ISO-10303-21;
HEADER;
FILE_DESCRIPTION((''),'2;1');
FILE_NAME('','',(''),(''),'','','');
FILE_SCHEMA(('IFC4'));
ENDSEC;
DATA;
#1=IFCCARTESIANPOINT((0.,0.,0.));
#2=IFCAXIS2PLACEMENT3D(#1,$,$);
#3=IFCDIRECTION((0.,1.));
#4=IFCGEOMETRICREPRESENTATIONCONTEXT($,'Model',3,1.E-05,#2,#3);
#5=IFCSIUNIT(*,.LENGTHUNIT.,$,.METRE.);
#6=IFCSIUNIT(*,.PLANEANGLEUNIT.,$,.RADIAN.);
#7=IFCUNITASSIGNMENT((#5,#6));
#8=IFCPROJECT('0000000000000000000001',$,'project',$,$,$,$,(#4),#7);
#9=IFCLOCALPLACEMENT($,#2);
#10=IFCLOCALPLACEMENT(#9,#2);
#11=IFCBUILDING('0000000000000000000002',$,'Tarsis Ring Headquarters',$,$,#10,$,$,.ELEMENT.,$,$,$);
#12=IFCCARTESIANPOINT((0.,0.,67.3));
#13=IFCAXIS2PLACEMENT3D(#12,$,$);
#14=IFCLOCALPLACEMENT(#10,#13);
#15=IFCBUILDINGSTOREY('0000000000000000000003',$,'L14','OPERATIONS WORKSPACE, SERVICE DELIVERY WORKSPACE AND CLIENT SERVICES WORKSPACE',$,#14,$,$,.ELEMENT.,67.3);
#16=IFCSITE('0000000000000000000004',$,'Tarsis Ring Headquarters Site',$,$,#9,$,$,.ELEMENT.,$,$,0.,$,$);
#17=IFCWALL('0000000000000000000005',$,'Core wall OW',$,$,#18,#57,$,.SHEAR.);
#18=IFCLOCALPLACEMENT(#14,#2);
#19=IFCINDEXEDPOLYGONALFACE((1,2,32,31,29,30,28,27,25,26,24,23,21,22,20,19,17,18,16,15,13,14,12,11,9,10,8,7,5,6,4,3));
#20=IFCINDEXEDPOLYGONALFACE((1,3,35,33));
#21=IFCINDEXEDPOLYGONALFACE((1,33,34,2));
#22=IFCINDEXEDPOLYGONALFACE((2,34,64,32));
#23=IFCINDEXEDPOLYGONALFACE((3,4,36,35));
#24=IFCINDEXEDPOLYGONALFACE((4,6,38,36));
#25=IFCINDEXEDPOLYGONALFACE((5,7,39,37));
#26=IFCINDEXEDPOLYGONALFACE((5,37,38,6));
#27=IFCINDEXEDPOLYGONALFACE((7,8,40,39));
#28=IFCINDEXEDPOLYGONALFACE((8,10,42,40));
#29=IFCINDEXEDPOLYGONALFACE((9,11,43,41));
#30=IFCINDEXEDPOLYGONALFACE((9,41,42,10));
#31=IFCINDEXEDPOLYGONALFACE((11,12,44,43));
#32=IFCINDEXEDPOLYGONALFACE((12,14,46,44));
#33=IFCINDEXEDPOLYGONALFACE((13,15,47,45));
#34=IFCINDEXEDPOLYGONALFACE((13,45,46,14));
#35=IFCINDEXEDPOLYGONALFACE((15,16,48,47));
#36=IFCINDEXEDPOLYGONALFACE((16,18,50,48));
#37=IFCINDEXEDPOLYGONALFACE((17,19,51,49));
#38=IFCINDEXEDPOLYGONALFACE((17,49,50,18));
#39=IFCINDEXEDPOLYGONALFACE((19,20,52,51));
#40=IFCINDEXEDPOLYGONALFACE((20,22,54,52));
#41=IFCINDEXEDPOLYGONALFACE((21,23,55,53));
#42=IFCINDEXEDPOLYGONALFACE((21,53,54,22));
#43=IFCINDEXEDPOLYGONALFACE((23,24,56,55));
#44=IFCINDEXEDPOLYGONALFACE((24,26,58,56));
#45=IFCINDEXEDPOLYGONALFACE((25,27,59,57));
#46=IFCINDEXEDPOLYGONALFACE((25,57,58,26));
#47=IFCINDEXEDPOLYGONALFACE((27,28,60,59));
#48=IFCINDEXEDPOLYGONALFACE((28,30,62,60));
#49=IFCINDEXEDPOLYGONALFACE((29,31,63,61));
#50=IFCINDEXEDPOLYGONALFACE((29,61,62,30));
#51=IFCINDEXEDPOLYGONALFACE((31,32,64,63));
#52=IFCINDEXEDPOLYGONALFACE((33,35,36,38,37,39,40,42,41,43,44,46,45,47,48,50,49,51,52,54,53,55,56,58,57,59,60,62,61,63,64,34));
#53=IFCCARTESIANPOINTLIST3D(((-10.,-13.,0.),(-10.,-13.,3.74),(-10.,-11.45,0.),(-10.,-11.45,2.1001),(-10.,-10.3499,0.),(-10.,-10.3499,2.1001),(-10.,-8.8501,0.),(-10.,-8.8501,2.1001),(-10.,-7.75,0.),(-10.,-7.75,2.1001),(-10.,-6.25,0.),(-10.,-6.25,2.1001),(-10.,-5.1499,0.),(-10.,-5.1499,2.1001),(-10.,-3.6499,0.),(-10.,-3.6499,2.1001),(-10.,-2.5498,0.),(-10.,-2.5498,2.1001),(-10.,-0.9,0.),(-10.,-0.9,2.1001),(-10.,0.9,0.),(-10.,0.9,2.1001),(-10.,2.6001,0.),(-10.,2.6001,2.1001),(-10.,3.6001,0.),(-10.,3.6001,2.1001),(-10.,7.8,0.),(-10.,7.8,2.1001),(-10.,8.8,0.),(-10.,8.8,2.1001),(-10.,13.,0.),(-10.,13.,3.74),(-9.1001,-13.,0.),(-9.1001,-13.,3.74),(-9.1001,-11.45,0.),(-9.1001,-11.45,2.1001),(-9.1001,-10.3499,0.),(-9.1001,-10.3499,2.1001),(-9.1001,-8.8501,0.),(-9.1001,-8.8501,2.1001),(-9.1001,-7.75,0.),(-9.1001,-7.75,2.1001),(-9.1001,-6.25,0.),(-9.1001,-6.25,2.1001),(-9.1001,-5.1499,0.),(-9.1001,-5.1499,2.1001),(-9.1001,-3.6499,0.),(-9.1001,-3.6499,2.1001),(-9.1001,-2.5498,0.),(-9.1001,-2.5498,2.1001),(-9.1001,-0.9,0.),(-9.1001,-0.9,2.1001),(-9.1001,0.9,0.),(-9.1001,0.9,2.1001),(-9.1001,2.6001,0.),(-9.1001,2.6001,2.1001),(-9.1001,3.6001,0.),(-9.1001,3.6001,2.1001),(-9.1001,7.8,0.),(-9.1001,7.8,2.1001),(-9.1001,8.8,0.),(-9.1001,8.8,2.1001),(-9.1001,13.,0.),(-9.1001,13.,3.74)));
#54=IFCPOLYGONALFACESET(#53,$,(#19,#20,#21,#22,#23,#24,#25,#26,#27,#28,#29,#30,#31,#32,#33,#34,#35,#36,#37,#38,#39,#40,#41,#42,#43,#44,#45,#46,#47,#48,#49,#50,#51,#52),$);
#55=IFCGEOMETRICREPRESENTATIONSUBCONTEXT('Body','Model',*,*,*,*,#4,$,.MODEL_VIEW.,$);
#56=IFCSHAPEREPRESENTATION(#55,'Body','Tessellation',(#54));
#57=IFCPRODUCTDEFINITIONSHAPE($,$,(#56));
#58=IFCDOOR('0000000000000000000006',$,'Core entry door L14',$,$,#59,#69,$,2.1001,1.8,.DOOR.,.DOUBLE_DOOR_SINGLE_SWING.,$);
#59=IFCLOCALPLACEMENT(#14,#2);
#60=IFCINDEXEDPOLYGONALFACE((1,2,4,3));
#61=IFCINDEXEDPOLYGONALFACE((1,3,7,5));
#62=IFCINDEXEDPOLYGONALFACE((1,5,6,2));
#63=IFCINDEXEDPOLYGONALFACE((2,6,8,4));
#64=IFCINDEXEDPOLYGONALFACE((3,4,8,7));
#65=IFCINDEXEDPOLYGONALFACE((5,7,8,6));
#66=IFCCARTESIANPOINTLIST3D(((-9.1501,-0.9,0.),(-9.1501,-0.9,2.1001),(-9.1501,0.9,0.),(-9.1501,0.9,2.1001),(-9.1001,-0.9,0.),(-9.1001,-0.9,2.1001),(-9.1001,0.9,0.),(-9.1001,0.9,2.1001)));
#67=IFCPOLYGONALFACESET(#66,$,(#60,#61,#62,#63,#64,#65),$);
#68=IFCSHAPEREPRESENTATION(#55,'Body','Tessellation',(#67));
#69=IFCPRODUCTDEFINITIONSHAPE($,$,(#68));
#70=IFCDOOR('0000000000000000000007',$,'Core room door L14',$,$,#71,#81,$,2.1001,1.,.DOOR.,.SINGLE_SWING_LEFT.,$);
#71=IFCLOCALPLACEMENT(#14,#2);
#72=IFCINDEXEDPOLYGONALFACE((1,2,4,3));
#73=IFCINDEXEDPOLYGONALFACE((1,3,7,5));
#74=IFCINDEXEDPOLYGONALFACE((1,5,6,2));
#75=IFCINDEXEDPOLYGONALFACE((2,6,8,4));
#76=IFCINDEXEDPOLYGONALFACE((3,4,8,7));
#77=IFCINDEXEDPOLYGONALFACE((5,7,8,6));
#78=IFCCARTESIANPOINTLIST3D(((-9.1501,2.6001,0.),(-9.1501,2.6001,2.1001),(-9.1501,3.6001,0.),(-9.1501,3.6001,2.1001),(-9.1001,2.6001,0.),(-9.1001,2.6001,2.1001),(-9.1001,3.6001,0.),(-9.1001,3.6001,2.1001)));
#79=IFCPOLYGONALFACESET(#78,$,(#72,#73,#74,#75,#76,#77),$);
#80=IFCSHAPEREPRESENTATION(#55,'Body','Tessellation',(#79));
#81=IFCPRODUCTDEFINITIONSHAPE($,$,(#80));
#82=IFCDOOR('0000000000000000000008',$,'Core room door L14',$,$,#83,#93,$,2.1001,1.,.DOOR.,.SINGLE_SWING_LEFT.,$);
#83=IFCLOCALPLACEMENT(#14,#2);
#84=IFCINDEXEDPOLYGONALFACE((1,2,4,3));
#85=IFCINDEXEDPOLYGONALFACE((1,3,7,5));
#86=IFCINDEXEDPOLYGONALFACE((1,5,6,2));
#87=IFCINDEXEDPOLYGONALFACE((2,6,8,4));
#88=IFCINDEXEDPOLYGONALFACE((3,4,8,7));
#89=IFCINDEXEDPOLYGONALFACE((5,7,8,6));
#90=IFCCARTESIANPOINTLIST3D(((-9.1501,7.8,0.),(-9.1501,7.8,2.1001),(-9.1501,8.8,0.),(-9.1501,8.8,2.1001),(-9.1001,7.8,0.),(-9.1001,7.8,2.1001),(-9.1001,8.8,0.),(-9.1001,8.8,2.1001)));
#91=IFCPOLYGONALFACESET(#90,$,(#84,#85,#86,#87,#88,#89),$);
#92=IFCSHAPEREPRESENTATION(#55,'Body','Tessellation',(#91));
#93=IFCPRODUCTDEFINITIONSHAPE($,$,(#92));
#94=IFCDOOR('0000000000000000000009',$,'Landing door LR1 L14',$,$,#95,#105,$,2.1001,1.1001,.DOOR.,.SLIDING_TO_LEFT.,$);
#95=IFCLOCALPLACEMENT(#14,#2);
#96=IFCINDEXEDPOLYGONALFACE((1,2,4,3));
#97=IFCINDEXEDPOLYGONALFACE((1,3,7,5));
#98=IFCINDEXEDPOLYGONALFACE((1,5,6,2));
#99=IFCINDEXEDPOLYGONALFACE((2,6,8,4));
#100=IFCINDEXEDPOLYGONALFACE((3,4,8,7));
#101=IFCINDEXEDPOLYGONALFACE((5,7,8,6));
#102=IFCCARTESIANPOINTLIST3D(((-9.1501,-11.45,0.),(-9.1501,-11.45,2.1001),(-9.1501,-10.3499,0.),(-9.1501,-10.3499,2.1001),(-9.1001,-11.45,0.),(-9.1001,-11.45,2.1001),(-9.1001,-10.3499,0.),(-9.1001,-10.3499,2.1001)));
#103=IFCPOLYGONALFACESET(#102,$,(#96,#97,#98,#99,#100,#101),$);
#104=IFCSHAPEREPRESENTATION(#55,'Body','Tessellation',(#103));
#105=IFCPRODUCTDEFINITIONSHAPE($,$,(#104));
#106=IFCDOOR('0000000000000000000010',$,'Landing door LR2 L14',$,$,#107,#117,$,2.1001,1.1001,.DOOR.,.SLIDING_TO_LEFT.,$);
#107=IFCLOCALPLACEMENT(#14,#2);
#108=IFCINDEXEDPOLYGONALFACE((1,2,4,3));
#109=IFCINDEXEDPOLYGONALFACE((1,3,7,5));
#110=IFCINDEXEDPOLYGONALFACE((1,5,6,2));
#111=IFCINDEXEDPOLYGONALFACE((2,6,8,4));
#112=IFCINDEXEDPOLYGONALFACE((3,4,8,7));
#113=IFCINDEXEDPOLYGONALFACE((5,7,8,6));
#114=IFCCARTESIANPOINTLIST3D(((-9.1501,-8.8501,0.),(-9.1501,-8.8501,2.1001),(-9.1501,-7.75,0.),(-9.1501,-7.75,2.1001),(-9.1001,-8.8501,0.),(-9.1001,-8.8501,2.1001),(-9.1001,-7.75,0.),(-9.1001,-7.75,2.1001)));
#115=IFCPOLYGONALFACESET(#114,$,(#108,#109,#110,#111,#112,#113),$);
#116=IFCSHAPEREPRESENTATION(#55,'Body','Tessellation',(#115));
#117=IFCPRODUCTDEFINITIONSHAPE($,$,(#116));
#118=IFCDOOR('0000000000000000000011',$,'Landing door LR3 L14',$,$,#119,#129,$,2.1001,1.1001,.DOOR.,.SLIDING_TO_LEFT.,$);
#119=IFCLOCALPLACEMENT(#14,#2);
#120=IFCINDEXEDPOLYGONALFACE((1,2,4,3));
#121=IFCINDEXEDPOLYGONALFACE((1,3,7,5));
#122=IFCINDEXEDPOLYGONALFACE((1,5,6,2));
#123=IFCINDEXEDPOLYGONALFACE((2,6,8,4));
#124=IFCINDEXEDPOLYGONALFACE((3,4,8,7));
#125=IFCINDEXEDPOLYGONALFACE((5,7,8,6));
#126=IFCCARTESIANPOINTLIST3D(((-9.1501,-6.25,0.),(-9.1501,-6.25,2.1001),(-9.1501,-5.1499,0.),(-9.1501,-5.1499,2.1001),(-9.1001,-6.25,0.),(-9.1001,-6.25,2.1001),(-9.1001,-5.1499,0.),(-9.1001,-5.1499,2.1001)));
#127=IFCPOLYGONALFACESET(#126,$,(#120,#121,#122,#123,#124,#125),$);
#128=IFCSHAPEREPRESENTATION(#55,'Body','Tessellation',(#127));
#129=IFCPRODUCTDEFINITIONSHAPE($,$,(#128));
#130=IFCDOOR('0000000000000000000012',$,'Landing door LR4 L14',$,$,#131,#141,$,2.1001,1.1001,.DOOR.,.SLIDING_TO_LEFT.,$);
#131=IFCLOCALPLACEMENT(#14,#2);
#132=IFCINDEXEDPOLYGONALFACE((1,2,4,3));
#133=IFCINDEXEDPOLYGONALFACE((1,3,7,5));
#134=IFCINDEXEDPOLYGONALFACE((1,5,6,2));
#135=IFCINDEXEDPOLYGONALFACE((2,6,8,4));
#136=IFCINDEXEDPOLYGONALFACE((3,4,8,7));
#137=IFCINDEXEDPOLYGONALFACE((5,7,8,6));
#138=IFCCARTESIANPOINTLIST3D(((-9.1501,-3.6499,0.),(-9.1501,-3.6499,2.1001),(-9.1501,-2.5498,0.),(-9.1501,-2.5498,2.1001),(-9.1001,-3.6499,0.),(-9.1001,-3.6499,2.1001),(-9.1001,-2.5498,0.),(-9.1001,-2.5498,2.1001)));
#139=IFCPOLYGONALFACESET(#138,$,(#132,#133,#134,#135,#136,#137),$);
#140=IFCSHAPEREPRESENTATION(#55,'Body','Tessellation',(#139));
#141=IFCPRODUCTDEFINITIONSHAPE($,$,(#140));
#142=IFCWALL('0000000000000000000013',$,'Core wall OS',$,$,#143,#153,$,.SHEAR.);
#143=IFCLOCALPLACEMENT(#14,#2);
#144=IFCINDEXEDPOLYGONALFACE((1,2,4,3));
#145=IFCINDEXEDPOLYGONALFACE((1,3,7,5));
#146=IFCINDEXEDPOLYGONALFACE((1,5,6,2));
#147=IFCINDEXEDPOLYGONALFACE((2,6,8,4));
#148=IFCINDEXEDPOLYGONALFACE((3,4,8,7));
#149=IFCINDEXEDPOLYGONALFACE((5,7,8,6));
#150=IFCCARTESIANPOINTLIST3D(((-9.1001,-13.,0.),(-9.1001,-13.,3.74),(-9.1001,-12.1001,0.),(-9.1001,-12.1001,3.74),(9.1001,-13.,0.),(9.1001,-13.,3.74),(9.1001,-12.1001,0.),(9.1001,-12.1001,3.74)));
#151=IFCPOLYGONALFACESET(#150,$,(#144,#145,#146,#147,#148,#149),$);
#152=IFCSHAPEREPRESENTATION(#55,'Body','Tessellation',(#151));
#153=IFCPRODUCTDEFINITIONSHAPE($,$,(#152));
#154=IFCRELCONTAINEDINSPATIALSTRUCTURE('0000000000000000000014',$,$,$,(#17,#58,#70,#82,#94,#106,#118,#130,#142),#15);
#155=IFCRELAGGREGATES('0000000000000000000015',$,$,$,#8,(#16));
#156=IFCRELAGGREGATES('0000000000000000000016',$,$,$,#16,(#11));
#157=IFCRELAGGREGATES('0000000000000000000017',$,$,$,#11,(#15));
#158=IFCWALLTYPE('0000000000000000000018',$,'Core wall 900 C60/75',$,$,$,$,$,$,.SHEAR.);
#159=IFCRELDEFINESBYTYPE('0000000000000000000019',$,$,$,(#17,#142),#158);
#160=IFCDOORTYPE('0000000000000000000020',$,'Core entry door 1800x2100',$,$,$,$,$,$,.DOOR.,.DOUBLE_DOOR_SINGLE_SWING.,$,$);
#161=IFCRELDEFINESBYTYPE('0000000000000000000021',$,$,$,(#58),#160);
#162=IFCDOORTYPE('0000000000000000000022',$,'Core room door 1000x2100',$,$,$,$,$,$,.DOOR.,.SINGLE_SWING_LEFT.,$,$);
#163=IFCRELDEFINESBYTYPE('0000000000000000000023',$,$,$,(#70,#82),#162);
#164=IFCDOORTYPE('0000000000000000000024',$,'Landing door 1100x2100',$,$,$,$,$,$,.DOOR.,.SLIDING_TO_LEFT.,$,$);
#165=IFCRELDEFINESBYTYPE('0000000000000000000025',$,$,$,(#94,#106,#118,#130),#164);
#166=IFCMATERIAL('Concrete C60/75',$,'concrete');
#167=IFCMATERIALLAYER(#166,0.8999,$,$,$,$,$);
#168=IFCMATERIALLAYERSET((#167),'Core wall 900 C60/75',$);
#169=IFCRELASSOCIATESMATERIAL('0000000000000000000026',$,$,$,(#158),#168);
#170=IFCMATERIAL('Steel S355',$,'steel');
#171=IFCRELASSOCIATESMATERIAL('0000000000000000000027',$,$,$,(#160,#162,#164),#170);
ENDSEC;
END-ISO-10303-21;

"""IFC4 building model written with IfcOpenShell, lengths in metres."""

from ifc_helpers import new_model, si_unit, direction, frame, frame_2d, origin, place, context, subcontext, project, spatial, rectangle, extrude, material, layer, layer_set, type_object, element, fill, save


model = new_model("IFC4")

# Units and contexts
model_context = context("Model", 3, precision=1e-05, world=origin(), true_north=direction((0.0, 1.0)))
body_context = subcontext(model_context, "Body", "Model", "MODEL_VIEW")
ifc_project = project(units=[si_unit("LENGTHUNIT", "METRE"), si_unit("PLANEANGLEUNIT", "RADIAN")], contexts=[model_context])

# Site, building, storey
site_placement = place(None, origin())
site = spatial("IfcSite", under=ifc_project, at=site_placement, Name="Tarsis Ring Headquarters Site", CompositionType="ELEMENT", RefElevation=0.0)
building_placement = place(site_placement, origin())
building = spatial("IfcBuilding", under=site, at=building_placement, Name="Tarsis Ring Headquarters", CompositionType="ELEMENT")
storey_placement = place(building_placement, frame((0.0, 0.0, 67.3)))
storey = spatial("IfcBuildingStorey", under=building, at=storey_placement, Name="L14", Description="OPERATIONS WORKSPACE, SERVICE DELIVERY WORKSPACE AND CLIENT SERVICES WORKSPACE", CompositionType="ELEMENT", Elevation=67.3)

# Wall, openings, doors
ifc_material_1 = material(Name="Concrete C60/75", Category="concrete")
ifc_layer_1 = layer(ifc_material_1, 0.8999)
ifc_layer_set_1 = layer_set([ifc_layer_1], Name="Core wall 900 C60/75")
wall_type_1 = type_object("IfcWallType", Name="Core wall 900 C60/75", PredefinedType="SHEAR", material=ifc_layer_set_1)
wall_1_placement = place(storey_placement, frame((-9.55, -13.0, 0.0), z_axis=(0.0, 0.0, 1.0), x_axis=(0.0, 1.0, 0.0)))
wall_1 = element("IfcWall", 1, at=wall_1_placement, inside=storey, type_object=wall_type_1, Name="Core wall OW", PredefinedType="SHEAR", context=body_context, shape_type="SweptSolid", body=[
    extrude(rectangle(XDim=26.0, YDim=0.8999, at=frame_2d((13.0, 0.0))), origin(), (0.0, 0.0, 1.0), 3.74),
])
opening_1_placement = place(wall_1_placement, frame((1.55, 0.0, 0.0)))
opening_1 = element("IfcOpeningElement", 2, at=opening_1_placement, cuts=wall_1, PredefinedType="OPENING", context=body_context, shape_type="SweptSolid", body=[
    extrude(rectangle(XDim=1.1001, YDim=2.1001, at=frame_2d((0.55, 1.05))), frame((0.0, 0.46, 0.0), z_axis=(0.0, -1.0, 0.0), x_axis=(1.0, 0.0, 0.0)), (0.0, 0.0, 1.0), 0.9199),
])
opening_2_placement = place(wall_1_placement, frame((4.1499, 0.0, 0.0)))
opening_2 = element("IfcOpeningElement", 3, at=opening_2_placement, cuts=wall_1, PredefinedType="OPENING", context=body_context, shape_type="SweptSolid", body=[
    extrude(rectangle(XDim=1.1001, YDim=2.1001, at=frame_2d((0.55, 1.05))), frame((0.0, 0.46, 0.0), z_axis=(0.0, -1.0, 0.0), x_axis=(1.0, 0.0, 0.0)), (0.0, 0.0, 1.0), 0.9199),
])
opening_3_placement = place(wall_1_placement, frame((6.75, 0.0, 0.0)))
opening_3 = element("IfcOpeningElement", 4, at=opening_3_placement, cuts=wall_1, PredefinedType="OPENING", context=body_context, shape_type="SweptSolid", body=[
    extrude(rectangle(XDim=1.1001, YDim=2.1001, at=frame_2d((0.55, 1.05))), frame((0.0, 0.46, 0.0), z_axis=(0.0, -1.0, 0.0), x_axis=(1.0, 0.0, 0.0)), (0.0, 0.0, 1.0), 0.9199),
])
opening_4_placement = place(wall_1_placement, frame((9.3501, 0.0, 0.0)))
opening_4 = element("IfcOpeningElement", 5, at=opening_4_placement, cuts=wall_1, PredefinedType="OPENING", context=body_context, shape_type="SweptSolid", body=[
    extrude(rectangle(XDim=1.1001, YDim=2.1001, at=frame_2d((0.55, 1.05))), frame((0.0, 0.46, 0.0), z_axis=(0.0, -1.0, 0.0), x_axis=(1.0, 0.0, 0.0)), (0.0, 0.0, 1.0), 0.9199),
])
opening_5_placement = place(wall_1_placement, frame((12.1001, 0.0, 0.0)))
opening_5 = element("IfcOpeningElement", 6, at=opening_5_placement, cuts=wall_1, PredefinedType="OPENING", context=body_context, shape_type="SweptSolid", body=[
    extrude(rectangle(XDim=1.8, YDim=2.1001, at=frame_2d((0.8999, 1.05))), frame((0.0, 0.46, 0.0), z_axis=(0.0, -1.0, 0.0), x_axis=(1.0, 0.0, 0.0)), (0.0, 0.0, 1.0), 0.9199),
])
opening_6_placement = place(wall_1_placement, frame((15.6001, 0.0, 0.0)))
opening_6 = element("IfcOpeningElement", 7, at=opening_6_placement, cuts=wall_1, PredefinedType="OPENING", context=body_context, shape_type="SweptSolid", body=[
    extrude(rectangle(XDim=1.0, YDim=2.1001, at=frame_2d((0.5, 1.05))), frame((0.0, 0.46, 0.0), z_axis=(0.0, -1.0, 0.0), x_axis=(1.0, 0.0, 0.0)), (0.0, 0.0, 1.0), 0.9199),
])
opening_7_placement = place(wall_1_placement, frame((20.8, 0.0, 0.0)))
opening_7 = element("IfcOpeningElement", 8, at=opening_7_placement, cuts=wall_1, PredefinedType="OPENING", context=body_context, shape_type="SweptSolid", body=[
    extrude(rectangle(XDim=1.0, YDim=2.1001, at=frame_2d((0.5, 1.05))), frame((0.0, 0.46, 0.0), z_axis=(0.0, -1.0, 0.0), x_axis=(1.0, 0.0, 0.0)), (0.0, 0.0, 1.0), 0.9199),
])
ifc_material_2 = material(Name="Steel S355", Category="steel")
door_type_1 = type_object("IfcDoorType", Name="Core entry door 1800x2100", OperationType="DOUBLE_DOOR_SINGLE_SWING", PredefinedType="DOOR", material=ifc_material_2)
door_1_placement = place(opening_5_placement, origin())
door_1 = element("IfcDoor", 9, at=door_1_placement, inside=storey, type_object=door_type_1, Name="Core entry door L14", OperationType="DOUBLE_DOOR_SINGLE_SWING", OverallHeight=2.1001, OverallWidth=1.8, PredefinedType="DOOR", context=body_context, shape_type="SweptSolid", body=[
    extrude(rectangle(XDim=1.8, YDim=2.1001, at=frame_2d((0.8999, 1.05))), frame((0.0, -0.3999, 0.0), z_axis=(0.0, -1.0, 0.0), x_axis=(1.0, 0.0, 0.0)), (0.0, 0.0, 1.0), 0.05),
])
fill(opening_5, door_1)
door_type_2 = type_object("IfcDoorType", Name="Core room door 1000x2100", OperationType="SINGLE_SWING_LEFT", PredefinedType="DOOR", material=ifc_material_2)
door_2_placement = place(opening_6_placement, origin())
door_2 = element("IfcDoor", 10, at=door_2_placement, inside=storey, type_object=door_type_2, Name="Core room door L14", OperationType="SINGLE_SWING_LEFT", OverallHeight=2.1001, OverallWidth=1.0, PredefinedType="DOOR", context=body_context, shape_type="SweptSolid", body=[
    extrude(rectangle(XDim=1.0, YDim=2.1001, at=frame_2d((0.5, 1.05))), frame((0.0, -0.3999, 0.0), z_axis=(0.0, -1.0, 0.0), x_axis=(1.0, 0.0, 0.0)), (0.0, 0.0, 1.0), 0.05),
])
fill(opening_6, door_2)
door_3_placement = place(opening_7_placement, origin())
door_3 = element("IfcDoor", 11, at=door_3_placement, inside=storey, type_object=door_type_2, Name="Core room door L14", OperationType="SINGLE_SWING_LEFT", OverallHeight=2.1001, OverallWidth=1.0, PredefinedType="DOOR", context=body_context, shape_type="SweptSolid", body=[
    extrude(rectangle(XDim=1.0, YDim=2.1001, at=frame_2d((0.5, 1.05))), frame((0.0, -0.3999, 0.0), z_axis=(0.0, -1.0, 0.0), x_axis=(1.0, 0.0, 0.0)), (0.0, 0.0, 1.0), 0.05),
])
fill(opening_7, door_3)
door_type_3 = type_object("IfcDoorType", Name="Landing door 1100x2100", OperationType="SLIDING_TO_LEFT", PredefinedType="DOOR", material=ifc_material_2)
door_4_placement = place(opening_1_placement, origin())
door_4 = element("IfcDoor", 12, at=door_4_placement, inside=storey, type_object=door_type_3, Name="Landing door LR1 L14", OperationType="SLIDING_TO_LEFT", OverallHeight=2.1001, OverallWidth=1.1001, PredefinedType="DOOR", context=body_context, shape_type="SweptSolid", body=[
    extrude(rectangle(XDim=1.1001, YDim=2.1001, at=frame_2d((0.55, 1.05))), frame((0.0, -0.3999, 0.0), z_axis=(0.0, -1.0, 0.0), x_axis=(1.0, 0.0, 0.0)), (0.0, 0.0, 1.0), 0.05),
])
fill(opening_1, door_4)
door_5_placement = place(opening_2_placement, origin())
door_5 = element("IfcDoor", 13, at=door_5_placement, inside=storey, type_object=door_type_3, Name="Landing door LR2 L14", OperationType="SLIDING_TO_LEFT", OverallHeight=2.1001, OverallWidth=1.1001, PredefinedType="DOOR", context=body_context, shape_type="SweptSolid", body=[
    extrude(rectangle(XDim=1.1001, YDim=2.1001, at=frame_2d((0.55, 1.05))), frame((0.0, -0.3999, 0.0), z_axis=(0.0, -1.0, 0.0), x_axis=(1.0, 0.0, 0.0)), (0.0, 0.0, 1.0), 0.05),
])
fill(opening_2, door_5)
door_6_placement = place(opening_3_placement, origin())
door_6 = element("IfcDoor", 14, at=door_6_placement, inside=storey, type_object=door_type_3, Name="Landing door LR3 L14", OperationType="SLIDING_TO_LEFT", OverallHeight=2.1001, OverallWidth=1.1001, PredefinedType="DOOR", context=body_context, shape_type="SweptSolid", body=[
    extrude(rectangle(XDim=1.1001, YDim=2.1001, at=frame_2d((0.55, 1.05))), frame((0.0, -0.3999, 0.0), z_axis=(0.0, -1.0, 0.0), x_axis=(1.0, 0.0, 0.0)), (0.0, 0.0, 1.0), 0.05),
])
fill(opening_3, door_6)
door_7_placement = place(opening_4_placement, origin())
door_7 = element("IfcDoor", 15, at=door_7_placement, inside=storey, type_object=door_type_3, Name="Landing door LR4 L14", OperationType="SLIDING_TO_LEFT", OverallHeight=2.1001, OverallWidth=1.1001, PredefinedType="DOOR", context=body_context, shape_type="SweptSolid", body=[
    extrude(rectangle(XDim=1.1001, YDim=2.1001, at=frame_2d((0.55, 1.05))), frame((0.0, -0.3999, 0.0), z_axis=(0.0, -1.0, 0.0), x_axis=(1.0, 0.0, 0.0)), (0.0, 0.0, 1.0), 0.05),
])
fill(opening_4, door_7)

# Wall
wall_2_placement = place(storey_placement, frame((-9.1001, -12.55, 0.0), z_axis=(0.0, 0.0, 1.0), x_axis=(1.0, 0.0, 0.0)))
element("IfcWall", 16, at=wall_2_placement, inside=storey, type_object=wall_type_1, Name="Core wall OS", PredefinedType="SHEAR", context=body_context, shape_type="SweptSolid", body=[
    extrude(rectangle(XDim=18.2002, YDim=0.8999, at=frame_2d((9.1001, 0.0))), origin(), (0.0, 0.0, 1.0), 3.74),
])

save(model, "model.ifc")
